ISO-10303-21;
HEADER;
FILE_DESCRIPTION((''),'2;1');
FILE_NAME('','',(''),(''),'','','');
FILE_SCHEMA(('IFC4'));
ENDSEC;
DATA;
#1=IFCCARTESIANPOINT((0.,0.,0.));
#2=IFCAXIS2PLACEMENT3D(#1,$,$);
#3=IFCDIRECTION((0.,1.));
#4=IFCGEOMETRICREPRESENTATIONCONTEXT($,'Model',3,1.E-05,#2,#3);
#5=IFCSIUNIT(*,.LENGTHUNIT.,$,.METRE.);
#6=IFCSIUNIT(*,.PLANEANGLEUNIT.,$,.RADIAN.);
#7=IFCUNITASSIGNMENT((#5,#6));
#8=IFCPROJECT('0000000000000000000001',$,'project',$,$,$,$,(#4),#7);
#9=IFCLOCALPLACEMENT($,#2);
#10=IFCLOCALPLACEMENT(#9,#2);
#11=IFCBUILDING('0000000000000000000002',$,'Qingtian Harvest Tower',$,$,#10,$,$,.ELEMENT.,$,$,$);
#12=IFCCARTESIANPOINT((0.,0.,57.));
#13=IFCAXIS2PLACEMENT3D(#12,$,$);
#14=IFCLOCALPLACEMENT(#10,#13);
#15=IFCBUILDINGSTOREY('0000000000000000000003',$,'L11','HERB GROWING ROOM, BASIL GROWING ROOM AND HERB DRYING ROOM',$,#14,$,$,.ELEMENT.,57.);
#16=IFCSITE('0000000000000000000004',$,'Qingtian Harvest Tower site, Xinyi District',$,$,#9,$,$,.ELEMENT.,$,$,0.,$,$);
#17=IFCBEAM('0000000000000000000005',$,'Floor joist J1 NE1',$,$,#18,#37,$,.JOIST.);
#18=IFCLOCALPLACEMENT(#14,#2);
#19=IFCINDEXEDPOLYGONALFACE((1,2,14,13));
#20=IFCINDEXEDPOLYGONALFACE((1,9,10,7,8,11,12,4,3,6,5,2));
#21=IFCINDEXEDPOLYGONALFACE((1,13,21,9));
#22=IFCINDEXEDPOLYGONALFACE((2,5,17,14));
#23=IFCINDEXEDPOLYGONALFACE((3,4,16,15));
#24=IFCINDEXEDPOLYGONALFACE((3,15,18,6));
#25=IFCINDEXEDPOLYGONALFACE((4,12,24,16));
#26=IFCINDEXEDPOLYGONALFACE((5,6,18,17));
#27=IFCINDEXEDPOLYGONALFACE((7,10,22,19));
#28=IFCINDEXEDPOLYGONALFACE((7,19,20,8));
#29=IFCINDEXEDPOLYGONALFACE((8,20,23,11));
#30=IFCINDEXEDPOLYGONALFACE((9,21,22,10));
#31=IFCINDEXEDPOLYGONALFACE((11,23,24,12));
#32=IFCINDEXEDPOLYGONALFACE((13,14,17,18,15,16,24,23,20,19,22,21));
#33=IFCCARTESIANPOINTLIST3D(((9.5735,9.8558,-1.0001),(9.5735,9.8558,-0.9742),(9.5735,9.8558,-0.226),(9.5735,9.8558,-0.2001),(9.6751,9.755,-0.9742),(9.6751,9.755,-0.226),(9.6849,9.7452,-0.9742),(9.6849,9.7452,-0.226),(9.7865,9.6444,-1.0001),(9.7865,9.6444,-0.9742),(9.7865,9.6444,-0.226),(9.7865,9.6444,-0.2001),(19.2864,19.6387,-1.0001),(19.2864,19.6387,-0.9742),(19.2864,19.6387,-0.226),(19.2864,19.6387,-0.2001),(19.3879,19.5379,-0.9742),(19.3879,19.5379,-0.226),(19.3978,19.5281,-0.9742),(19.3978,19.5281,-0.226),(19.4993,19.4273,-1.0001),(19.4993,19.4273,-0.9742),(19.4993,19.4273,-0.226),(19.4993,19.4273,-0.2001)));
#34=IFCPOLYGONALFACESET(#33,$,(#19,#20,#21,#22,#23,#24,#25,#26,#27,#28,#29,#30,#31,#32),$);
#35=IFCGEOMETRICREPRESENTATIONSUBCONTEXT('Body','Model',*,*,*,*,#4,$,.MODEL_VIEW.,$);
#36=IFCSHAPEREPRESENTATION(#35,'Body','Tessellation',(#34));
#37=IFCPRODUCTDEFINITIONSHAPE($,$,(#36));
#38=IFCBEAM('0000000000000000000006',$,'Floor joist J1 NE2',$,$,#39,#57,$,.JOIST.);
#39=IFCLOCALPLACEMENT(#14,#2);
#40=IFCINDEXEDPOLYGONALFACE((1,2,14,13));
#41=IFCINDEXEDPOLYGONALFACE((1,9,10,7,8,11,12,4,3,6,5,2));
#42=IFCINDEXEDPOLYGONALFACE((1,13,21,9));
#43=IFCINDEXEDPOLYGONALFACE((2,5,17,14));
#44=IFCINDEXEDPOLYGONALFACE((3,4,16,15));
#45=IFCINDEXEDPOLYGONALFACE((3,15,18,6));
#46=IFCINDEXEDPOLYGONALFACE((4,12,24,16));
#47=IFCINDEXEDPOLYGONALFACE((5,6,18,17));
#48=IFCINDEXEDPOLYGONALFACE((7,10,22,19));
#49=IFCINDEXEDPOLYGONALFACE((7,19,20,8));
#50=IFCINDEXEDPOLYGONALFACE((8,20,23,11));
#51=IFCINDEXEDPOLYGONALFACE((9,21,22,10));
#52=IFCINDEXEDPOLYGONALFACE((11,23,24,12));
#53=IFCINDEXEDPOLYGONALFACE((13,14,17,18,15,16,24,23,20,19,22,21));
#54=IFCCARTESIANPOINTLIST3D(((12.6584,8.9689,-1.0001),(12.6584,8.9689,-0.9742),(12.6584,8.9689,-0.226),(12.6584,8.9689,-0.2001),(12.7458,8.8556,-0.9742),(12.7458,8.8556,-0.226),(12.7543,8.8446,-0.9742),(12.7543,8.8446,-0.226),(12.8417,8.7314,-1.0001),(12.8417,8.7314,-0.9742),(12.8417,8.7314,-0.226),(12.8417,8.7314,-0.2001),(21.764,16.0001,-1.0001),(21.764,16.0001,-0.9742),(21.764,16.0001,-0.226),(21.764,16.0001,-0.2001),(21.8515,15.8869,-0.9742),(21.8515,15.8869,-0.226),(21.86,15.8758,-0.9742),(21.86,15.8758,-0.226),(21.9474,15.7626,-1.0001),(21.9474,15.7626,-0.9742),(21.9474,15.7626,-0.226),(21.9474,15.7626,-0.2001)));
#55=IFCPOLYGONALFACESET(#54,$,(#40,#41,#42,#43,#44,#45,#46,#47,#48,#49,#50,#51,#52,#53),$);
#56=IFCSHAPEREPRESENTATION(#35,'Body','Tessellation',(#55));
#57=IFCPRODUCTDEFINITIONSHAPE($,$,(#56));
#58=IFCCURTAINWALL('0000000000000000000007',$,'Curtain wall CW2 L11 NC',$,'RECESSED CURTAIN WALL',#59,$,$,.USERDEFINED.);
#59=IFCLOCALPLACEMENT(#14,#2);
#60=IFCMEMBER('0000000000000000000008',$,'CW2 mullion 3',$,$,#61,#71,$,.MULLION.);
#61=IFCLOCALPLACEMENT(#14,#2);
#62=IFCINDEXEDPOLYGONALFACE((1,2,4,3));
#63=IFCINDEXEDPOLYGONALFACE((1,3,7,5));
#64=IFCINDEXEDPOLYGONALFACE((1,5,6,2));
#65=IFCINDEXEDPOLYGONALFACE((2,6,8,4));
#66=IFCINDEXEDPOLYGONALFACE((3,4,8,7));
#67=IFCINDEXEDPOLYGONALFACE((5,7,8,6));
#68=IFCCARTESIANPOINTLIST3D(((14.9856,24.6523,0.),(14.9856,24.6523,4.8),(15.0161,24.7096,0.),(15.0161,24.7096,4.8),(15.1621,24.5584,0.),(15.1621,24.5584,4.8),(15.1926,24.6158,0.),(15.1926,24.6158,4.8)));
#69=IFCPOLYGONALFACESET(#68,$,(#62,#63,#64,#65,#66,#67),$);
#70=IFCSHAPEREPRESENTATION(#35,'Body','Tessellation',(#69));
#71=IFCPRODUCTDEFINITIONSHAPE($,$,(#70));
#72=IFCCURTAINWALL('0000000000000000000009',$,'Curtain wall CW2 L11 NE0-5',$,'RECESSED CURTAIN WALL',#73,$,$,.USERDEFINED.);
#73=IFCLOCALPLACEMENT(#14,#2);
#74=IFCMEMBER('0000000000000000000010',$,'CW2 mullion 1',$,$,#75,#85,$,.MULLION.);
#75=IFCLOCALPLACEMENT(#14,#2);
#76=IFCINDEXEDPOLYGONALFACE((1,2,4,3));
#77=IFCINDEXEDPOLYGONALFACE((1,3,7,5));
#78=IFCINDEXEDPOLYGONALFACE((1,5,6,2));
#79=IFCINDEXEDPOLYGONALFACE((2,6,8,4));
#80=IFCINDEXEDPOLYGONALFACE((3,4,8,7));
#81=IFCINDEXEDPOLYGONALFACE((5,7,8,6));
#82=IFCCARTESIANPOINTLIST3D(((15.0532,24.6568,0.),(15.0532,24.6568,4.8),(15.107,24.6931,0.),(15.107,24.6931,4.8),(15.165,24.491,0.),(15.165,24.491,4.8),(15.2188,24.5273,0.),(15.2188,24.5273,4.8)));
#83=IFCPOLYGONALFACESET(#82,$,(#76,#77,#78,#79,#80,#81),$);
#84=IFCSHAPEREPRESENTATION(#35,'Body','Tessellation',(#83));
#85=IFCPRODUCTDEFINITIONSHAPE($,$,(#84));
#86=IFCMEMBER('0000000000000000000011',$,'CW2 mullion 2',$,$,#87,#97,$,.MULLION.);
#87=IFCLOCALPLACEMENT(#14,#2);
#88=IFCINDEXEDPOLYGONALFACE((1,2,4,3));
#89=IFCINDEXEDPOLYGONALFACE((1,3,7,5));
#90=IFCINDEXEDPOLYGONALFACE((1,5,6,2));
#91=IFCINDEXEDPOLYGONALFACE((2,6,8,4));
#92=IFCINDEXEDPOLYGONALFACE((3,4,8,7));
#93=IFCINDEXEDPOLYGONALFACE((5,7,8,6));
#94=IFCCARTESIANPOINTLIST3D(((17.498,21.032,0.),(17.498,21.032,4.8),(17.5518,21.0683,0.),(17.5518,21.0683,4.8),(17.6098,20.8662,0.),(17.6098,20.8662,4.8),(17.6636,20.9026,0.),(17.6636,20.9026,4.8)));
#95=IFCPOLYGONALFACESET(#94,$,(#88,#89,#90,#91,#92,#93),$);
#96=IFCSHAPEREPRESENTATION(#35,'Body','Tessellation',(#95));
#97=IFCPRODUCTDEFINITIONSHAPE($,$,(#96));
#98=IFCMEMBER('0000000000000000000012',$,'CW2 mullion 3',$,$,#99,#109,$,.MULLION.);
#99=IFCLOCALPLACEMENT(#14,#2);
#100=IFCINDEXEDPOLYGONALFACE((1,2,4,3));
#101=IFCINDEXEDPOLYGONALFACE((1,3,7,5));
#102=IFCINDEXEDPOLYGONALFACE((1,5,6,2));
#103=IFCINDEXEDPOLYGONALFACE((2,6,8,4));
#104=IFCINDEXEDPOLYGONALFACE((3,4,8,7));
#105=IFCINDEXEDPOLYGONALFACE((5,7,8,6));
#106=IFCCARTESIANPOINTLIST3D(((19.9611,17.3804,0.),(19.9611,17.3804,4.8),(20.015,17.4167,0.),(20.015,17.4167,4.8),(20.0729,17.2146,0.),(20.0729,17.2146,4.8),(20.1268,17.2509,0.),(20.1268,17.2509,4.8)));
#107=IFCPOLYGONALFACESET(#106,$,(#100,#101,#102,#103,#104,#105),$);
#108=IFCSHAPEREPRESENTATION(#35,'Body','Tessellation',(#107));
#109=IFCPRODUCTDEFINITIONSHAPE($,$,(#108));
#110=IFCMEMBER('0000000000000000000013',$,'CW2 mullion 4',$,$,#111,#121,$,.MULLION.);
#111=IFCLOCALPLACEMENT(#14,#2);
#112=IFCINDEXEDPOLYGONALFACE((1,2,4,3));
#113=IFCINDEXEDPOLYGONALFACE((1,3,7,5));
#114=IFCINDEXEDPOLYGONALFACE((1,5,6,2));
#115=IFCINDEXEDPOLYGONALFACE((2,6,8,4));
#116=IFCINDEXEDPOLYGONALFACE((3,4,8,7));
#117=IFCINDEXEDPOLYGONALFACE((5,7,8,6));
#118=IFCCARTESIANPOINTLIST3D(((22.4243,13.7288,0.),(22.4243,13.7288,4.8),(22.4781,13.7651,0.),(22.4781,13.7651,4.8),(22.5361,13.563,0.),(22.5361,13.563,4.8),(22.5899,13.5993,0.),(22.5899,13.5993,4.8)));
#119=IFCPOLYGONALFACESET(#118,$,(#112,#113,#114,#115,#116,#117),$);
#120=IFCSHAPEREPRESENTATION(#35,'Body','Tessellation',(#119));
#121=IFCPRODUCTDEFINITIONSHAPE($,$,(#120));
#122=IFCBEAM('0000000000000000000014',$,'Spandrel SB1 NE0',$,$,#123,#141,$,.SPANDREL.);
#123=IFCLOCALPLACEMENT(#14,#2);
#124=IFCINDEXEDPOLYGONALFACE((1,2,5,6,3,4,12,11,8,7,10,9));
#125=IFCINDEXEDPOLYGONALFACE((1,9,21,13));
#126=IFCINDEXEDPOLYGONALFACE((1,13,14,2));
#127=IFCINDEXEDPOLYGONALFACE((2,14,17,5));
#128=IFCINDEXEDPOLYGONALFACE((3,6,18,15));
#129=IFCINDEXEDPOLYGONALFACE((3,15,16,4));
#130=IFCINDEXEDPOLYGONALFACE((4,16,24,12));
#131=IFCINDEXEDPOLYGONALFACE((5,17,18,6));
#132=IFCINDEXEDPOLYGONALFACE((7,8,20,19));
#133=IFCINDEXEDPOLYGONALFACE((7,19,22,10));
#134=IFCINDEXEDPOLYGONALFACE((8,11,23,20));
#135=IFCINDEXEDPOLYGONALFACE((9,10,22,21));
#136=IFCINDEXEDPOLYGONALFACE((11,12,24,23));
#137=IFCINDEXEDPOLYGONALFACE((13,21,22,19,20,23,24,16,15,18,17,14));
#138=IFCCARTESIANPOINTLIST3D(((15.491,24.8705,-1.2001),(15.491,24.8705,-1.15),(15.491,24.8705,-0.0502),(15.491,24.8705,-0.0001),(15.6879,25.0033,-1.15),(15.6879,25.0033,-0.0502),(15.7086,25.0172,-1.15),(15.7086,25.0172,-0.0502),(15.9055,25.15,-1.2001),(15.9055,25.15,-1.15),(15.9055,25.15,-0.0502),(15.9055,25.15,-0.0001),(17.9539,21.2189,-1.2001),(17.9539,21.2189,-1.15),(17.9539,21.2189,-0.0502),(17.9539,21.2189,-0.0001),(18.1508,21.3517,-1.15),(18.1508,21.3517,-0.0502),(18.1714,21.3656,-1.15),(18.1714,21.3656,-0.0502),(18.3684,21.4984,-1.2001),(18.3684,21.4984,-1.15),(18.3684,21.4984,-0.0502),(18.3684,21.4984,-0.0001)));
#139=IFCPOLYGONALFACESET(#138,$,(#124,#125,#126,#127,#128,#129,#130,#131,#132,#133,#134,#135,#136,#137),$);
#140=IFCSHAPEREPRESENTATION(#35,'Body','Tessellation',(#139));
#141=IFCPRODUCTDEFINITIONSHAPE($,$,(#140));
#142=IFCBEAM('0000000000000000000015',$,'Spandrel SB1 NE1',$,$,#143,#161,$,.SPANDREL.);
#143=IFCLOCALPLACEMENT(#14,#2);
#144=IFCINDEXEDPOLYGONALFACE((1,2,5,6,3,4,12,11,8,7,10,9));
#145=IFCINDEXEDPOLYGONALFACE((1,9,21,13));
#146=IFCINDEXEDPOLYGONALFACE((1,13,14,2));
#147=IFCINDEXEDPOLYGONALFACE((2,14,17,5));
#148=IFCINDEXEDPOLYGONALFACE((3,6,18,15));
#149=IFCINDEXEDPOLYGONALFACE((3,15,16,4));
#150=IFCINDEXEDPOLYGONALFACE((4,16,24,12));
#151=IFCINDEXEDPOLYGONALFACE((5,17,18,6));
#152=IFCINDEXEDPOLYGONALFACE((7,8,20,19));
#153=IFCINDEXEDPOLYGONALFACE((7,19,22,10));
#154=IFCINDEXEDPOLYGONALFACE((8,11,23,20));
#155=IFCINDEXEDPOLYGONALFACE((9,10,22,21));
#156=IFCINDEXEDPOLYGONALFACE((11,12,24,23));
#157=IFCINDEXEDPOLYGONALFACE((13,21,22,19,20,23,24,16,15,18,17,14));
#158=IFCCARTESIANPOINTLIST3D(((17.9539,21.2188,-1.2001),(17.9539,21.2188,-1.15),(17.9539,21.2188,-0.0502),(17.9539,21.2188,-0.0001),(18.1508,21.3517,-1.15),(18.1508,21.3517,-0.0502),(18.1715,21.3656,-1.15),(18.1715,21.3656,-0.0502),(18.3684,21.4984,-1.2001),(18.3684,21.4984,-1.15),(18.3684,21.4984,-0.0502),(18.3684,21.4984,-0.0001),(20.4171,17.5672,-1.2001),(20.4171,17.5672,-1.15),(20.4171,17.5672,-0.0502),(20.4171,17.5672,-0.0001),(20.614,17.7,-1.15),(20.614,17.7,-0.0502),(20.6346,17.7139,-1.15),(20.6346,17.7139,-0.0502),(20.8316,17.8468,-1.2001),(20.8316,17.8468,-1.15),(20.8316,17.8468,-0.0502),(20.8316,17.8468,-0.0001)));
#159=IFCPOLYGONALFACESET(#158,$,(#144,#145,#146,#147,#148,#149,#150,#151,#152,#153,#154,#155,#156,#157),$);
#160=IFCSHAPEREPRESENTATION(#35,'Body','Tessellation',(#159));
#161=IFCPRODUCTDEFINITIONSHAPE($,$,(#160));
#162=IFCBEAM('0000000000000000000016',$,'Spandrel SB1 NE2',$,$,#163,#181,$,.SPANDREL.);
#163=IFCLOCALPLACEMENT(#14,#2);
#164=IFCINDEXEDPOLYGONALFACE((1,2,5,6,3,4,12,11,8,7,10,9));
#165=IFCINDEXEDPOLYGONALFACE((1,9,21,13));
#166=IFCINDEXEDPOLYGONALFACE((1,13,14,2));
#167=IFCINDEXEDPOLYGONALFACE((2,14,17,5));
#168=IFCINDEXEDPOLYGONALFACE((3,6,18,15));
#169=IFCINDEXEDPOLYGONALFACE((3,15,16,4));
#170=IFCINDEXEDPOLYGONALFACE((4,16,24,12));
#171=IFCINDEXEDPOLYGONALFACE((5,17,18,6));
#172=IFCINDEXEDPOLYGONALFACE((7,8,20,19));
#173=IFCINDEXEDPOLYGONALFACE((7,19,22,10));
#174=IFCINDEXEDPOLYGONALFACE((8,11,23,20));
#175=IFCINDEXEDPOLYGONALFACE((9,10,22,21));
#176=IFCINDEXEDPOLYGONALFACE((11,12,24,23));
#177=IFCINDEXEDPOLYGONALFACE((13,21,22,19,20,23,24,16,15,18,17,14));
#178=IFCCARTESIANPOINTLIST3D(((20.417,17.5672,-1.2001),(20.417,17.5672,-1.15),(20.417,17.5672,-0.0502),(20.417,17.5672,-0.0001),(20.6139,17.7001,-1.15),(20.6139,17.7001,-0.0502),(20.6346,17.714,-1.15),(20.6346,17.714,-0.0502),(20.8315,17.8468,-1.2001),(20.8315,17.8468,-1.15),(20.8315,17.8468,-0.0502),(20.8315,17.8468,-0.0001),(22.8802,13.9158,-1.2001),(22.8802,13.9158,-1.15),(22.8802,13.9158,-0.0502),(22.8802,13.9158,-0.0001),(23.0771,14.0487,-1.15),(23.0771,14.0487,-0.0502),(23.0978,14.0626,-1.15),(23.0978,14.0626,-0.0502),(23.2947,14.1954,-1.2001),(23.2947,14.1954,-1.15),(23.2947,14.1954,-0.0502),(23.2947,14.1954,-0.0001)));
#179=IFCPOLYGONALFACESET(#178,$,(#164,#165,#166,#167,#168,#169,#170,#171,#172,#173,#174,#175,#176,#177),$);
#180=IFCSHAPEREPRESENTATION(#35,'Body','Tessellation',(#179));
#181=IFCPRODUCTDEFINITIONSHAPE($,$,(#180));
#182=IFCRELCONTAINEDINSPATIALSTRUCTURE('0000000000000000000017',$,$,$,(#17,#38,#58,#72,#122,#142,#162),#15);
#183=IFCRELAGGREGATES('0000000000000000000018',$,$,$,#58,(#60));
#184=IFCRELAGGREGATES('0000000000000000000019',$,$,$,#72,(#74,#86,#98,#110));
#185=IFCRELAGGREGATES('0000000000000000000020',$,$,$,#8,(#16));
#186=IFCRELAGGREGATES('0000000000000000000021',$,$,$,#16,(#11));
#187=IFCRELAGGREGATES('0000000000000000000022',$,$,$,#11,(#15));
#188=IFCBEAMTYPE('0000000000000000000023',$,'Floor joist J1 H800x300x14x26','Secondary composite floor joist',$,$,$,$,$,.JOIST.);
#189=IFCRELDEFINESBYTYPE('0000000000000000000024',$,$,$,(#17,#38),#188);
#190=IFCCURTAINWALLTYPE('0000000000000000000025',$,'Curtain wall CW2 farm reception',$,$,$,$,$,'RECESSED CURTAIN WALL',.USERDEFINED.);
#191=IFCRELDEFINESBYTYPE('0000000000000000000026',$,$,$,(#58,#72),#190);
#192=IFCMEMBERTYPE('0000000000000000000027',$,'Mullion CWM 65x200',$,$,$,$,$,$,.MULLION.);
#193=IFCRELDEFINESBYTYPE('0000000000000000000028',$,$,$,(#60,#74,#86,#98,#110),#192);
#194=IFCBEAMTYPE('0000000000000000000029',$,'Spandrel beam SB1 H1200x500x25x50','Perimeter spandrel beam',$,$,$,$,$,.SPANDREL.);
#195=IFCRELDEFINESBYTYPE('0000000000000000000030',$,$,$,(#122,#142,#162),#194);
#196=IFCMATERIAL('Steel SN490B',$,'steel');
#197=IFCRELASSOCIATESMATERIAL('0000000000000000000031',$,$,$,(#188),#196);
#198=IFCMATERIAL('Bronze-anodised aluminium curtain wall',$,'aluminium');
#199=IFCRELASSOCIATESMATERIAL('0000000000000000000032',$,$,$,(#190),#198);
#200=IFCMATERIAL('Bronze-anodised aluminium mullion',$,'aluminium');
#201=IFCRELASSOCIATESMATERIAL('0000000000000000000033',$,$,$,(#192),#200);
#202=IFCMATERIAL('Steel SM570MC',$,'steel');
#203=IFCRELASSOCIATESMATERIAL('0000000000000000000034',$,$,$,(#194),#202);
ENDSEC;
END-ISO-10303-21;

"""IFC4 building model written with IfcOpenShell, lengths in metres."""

from ifc_helpers import new_model, si_unit, direction, frame, origin, origin_2d, place, context, subcontext, project, spatial, rectangle, i_section, extrude, material, material_profile, profile_set, type_object, element, aggregate, save


model = new_model("IFC4")

# Units and contexts
model_context = context("Model", 3, precision=1e-05, world=origin(), true_north=direction((0.0, 1.0)))
body_context = subcontext(model_context, "Body", "Model", "MODEL_VIEW")
ifc_project = project(units=[si_unit("LENGTHUNIT", "METRE"), si_unit("PLANEANGLEUNIT", "RADIAN")], contexts=[model_context])

# Site, building, storey
site_placement = place(None, origin())
site = spatial("IfcSite", under=ifc_project, at=site_placement, Name="Qingtian Harvest Tower site, Xinyi District", CompositionType="ELEMENT", RefElevation=0.0)
building_placement = place(site_placement, origin())
building = spatial("IfcBuilding", under=site, at=building_placement, Name="Qingtian Harvest Tower", CompositionType="ELEMENT")
storey_placement = place(building_placement, frame((0.0, 0.0, 57.0)))
storey = spatial("IfcBuildingStorey", under=building, at=storey_placement, Name="L11", Description="HERB GROWING ROOM, BASIL GROWING ROOM AND HERB DRYING ROOM", CompositionType="ELEMENT", Elevation=57.0)

# Beams
ifc_material_1 = material(Name="Steel SN490B", Category="steel")
ifc_material_profile_1 = material_profile(ifc_material_1, i_section(OverallWidth=0.3, OverallDepth=0.8, WebThickness=0.0139, FlangeThickness=0.0259, at=origin_2d()), Name="H800x300x14x26")
ifc_profile_set_1 = profile_set([ifc_material_profile_1], Name="Steel SN490B")
beam_type_1 = type_object("IfcBeamType", Name="Floor joist J1 H800x300x14x26", Description="Secondary composite floor joist", PredefinedType="JOIST", material=ifc_profile_set_1)
beam_1_placement = place(storey_placement, frame((19.3928, 19.533, -0.6001), z_axis=(-0.704561, -0.709644, 0.0), x_axis=(0.709644, -0.704561, 0.0)))
element("IfcBeam", 1, at=beam_1_placement, inside=storey, type_object=beam_type_1, Name="Floor joist J1 NE1", PredefinedType="JOIST", context=body_context, shape_type="SweptSolid", body=[
    extrude(i_section(OverallWidth=0.3, OverallDepth=0.8, WebThickness=0.0139, FlangeThickness=0.0259, at=origin_2d()), origin(), (0.0, 0.0, 1.0), 13.7856),
])
beam_2_placement = place(storey_placement, frame((21.8557, 15.8813, -0.6001), z_axis=(-0.791495, -0.611176, 0.0), x_axis=(0.611176, -0.791495, 0.0)))
element("IfcBeam", 2, at=beam_2_placement, inside=storey, type_object=beam_type_1, Name="Floor joist J1 NE2", PredefinedType="JOIST", context=body_context, shape_type="SweptSolid", body=[
    extrude(i_section(OverallWidth=0.3, OverallDepth=0.8, WebThickness=0.0139, FlangeThickness=0.0259, at=origin_2d()), origin(), (0.0, 0.0, 1.0), 11.5044),
])

# Curtain wall, member
ifc_material_2 = material(Name="Bronze-anodised aluminium curtain wall", Category="aluminium")
curtain_wall_type = type_object("IfcCurtainWallType", Name="Curtain wall CW2 farm reception", ElementType="RECESSED CURTAIN WALL", PredefinedType="USERDEFINED", material=ifc_material_2)
curtain_wall_1_placement = place(storey_placement, origin())
curtain_wall_1 = element("IfcCurtainWall", 3, at=curtain_wall_1_placement, inside=storey, type_object=curtain_wall_type, Name="Curtain wall CW2 L11 NC", ObjectType="RECESSED CURTAIN WALL", PredefinedType="USERDEFINED")
ifc_material_3 = material(Name="Bronze-anodised aluminium mullion", Category="aluminium")
ifc_material_profile_2 = material_profile(ifc_material_3, rectangle(XDim=0.0649, YDim=0.2, at=origin_2d()), Name="AL 65x200")
ifc_profile_set_2 = profile_set([ifc_material_profile_2], Name="Bronze-anodised aluminium mullion")
member_type_1 = type_object("IfcMemberType", Name="Mullion CWM 65x200", PredefinedType="MULLION", material=ifc_profile_set_2)
member_1_placement = place(storey_placement, frame((15.0891, 24.634, 0.0), z_axis=(0.0, 0.0, 1.0), x_axis=(0.469472, 0.882948, 0.0)))
member_1 = element("IfcMember", 4, at=member_1_placement, type_object=member_type_1, Name="CW2 mullion 3", PredefinedType="MULLION", context=body_context, shape_type="SweptSolid", body=[
    extrude(rectangle(XDim=0.0649, YDim=0.2, at=origin_2d()), origin(), (0.0, 0.0, 1.0), 4.8),
])

# Curtain wall, members
curtain_wall_2_placement = place(storey_placement, origin())
curtain_wall_2 = element("IfcCurtainWall", 5, at=curtain_wall_2_placement, inside=storey, type_object=curtain_wall_type, Name="Curtain wall CW2 L11 NE0-5", ObjectType="RECESSED CURTAIN WALL", PredefinedType="USERDEFINED")
member_2_placement = place(storey_placement, frame((15.136, 24.592, 0.0), z_axis=(0.0, 0.0, 1.0), x_axis=(0.829038, 0.559193, 0.0)))
member_2 = element("IfcMember", 6, at=member_2_placement, type_object=member_type_1, Name="CW2 mullion 1", PredefinedType="MULLION", context=body_context, shape_type="SweptSolid", body=[
    extrude(rectangle(XDim=0.0649, YDim=0.2, at=origin_2d()), origin(), (0.0, 0.0, 1.0), 4.8),
])
member_3_placement = place(storey_placement, frame((17.5808, 20.9673, 0.0), z_axis=(0.0, 0.0, 1.0), x_axis=(0.829038, 0.559193, 0.0)))
member_3 = element("IfcMember", 7, at=member_3_placement, type_object=member_type_1, Name="CW2 mullion 2", PredefinedType="MULLION", context=body_context, shape_type="SweptSolid", body=[
    extrude(rectangle(XDim=0.0649, YDim=0.2, at=origin_2d()), origin(), (0.0, 0.0, 1.0), 4.8),
])
member_4_placement = place(storey_placement, frame((20.0439, 17.3157, 0.0), z_axis=(0.0, 0.0, 1.0), x_axis=(0.829038, 0.559193, 0.0)))
member_4 = element("IfcMember", 8, at=member_4_placement, type_object=member_type_1, Name="CW2 mullion 3", PredefinedType="MULLION", context=body_context, shape_type="SweptSolid", body=[
    extrude(rectangle(XDim=0.0649, YDim=0.2, at=origin_2d()), origin(), (0.0, 0.0, 1.0), 4.8),
])
member_5_placement = place(storey_placement, frame((22.5071, 13.6641, 0.0), z_axis=(0.0, 0.0, 1.0), x_axis=(0.829038, 0.559193, 0.0)))
member_5 = element("IfcMember", 9, at=member_5_placement, type_object=member_type_1, Name="CW2 mullion 4", PredefinedType="MULLION", context=body_context, shape_type="SweptSolid", body=[
    extrude(rectangle(XDim=0.0649, YDim=0.2, at=origin_2d()), origin(), (0.0, 0.0, 1.0), 4.8),
])

# Beams
ifc_material_4 = material(Name="Steel SM570MC", Category="steel")
ifc_material_profile_3 = material_profile(ifc_material_4, i_section(OverallWidth=0.5, OverallDepth=1.2, WebThickness=0.0249, FlangeThickness=0.05, at=origin_2d()), Name="H1200x500x25x50")
ifc_profile_set_3 = profile_set([ifc_material_profile_3], Name="Steel SM570MC")
beam_type_2 = type_object("IfcBeamType", Name="Spandrel beam SB1 H1200x500x25x50", Description="Perimeter spandrel beam", PredefinedType="SPANDREL", material=ifc_profile_set_3)
beam_3_placement = place(storey_placement, frame((15.6982, 25.0103, -0.6001), z_axis=(0.559169, -0.829054, 0.0), x_axis=(0.829054, 0.559169, 0.0)))
element("IfcBeam", 10, at=beam_3_placement, inside=storey, type_object=beam_type_2, Name="Spandrel SB1 NE0", PredefinedType="SPANDREL", context=body_context, shape_type="SweptSolid", body=[
    extrude(i_section(OverallWidth=0.5, OverallDepth=1.2, WebThickness=0.0249, FlangeThickness=0.05, at=origin_2d()), origin(), (0.0, 0.0, 1.0), 4.4045),
])
beam_4_placement = place(storey_placement, frame((18.1611, 21.3586, -0.6001), z_axis=(0.559207, -0.829028, 0.0), x_axis=(0.829028, 0.559207, 0.0)))
element("IfcBeam", 11, at=beam_4_placement, inside=storey, type_object=beam_type_2, Name="Spandrel SB1 NE1", PredefinedType="SPANDREL", context=body_context, shape_type="SweptSolid", body=[
    extrude(i_section(OverallWidth=0.5, OverallDepth=1.2, WebThickness=0.0249, FlangeThickness=0.05, at=origin_2d()), origin(), (0.0, 0.0, 1.0), 4.4048),
])
for number, where, z_axis, x_axis, name in (
    (12, (20.6243, 17.707, -0.6001), (0.559233, -0.829011, 0.0), (0.829011, 0.559233, 0.0), "Spandrel SB1 NE2"),
):
    element("IfcBeam", number, at=place(storey_placement, frame(where, z_axis=z_axis, x_axis=x_axis)), inside=storey, type_object=beam_type_2, Name=name, PredefinedType="SPANDREL", context=body_context, shape_type="SweptSolid", body=[
        extrude(i_section(OverallWidth=0.5, OverallDepth=1.2, WebThickness=0.0249, FlangeThickness=0.05, at=origin_2d()), origin(), (0.0, 0.0, 1.0), 4.4045),
    ])

aggregate(curtain_wall_1, [member_1])
aggregate(curtain_wall_2, [member_2, member_3, member_4, member_5])

save(model, "model.ifc")
